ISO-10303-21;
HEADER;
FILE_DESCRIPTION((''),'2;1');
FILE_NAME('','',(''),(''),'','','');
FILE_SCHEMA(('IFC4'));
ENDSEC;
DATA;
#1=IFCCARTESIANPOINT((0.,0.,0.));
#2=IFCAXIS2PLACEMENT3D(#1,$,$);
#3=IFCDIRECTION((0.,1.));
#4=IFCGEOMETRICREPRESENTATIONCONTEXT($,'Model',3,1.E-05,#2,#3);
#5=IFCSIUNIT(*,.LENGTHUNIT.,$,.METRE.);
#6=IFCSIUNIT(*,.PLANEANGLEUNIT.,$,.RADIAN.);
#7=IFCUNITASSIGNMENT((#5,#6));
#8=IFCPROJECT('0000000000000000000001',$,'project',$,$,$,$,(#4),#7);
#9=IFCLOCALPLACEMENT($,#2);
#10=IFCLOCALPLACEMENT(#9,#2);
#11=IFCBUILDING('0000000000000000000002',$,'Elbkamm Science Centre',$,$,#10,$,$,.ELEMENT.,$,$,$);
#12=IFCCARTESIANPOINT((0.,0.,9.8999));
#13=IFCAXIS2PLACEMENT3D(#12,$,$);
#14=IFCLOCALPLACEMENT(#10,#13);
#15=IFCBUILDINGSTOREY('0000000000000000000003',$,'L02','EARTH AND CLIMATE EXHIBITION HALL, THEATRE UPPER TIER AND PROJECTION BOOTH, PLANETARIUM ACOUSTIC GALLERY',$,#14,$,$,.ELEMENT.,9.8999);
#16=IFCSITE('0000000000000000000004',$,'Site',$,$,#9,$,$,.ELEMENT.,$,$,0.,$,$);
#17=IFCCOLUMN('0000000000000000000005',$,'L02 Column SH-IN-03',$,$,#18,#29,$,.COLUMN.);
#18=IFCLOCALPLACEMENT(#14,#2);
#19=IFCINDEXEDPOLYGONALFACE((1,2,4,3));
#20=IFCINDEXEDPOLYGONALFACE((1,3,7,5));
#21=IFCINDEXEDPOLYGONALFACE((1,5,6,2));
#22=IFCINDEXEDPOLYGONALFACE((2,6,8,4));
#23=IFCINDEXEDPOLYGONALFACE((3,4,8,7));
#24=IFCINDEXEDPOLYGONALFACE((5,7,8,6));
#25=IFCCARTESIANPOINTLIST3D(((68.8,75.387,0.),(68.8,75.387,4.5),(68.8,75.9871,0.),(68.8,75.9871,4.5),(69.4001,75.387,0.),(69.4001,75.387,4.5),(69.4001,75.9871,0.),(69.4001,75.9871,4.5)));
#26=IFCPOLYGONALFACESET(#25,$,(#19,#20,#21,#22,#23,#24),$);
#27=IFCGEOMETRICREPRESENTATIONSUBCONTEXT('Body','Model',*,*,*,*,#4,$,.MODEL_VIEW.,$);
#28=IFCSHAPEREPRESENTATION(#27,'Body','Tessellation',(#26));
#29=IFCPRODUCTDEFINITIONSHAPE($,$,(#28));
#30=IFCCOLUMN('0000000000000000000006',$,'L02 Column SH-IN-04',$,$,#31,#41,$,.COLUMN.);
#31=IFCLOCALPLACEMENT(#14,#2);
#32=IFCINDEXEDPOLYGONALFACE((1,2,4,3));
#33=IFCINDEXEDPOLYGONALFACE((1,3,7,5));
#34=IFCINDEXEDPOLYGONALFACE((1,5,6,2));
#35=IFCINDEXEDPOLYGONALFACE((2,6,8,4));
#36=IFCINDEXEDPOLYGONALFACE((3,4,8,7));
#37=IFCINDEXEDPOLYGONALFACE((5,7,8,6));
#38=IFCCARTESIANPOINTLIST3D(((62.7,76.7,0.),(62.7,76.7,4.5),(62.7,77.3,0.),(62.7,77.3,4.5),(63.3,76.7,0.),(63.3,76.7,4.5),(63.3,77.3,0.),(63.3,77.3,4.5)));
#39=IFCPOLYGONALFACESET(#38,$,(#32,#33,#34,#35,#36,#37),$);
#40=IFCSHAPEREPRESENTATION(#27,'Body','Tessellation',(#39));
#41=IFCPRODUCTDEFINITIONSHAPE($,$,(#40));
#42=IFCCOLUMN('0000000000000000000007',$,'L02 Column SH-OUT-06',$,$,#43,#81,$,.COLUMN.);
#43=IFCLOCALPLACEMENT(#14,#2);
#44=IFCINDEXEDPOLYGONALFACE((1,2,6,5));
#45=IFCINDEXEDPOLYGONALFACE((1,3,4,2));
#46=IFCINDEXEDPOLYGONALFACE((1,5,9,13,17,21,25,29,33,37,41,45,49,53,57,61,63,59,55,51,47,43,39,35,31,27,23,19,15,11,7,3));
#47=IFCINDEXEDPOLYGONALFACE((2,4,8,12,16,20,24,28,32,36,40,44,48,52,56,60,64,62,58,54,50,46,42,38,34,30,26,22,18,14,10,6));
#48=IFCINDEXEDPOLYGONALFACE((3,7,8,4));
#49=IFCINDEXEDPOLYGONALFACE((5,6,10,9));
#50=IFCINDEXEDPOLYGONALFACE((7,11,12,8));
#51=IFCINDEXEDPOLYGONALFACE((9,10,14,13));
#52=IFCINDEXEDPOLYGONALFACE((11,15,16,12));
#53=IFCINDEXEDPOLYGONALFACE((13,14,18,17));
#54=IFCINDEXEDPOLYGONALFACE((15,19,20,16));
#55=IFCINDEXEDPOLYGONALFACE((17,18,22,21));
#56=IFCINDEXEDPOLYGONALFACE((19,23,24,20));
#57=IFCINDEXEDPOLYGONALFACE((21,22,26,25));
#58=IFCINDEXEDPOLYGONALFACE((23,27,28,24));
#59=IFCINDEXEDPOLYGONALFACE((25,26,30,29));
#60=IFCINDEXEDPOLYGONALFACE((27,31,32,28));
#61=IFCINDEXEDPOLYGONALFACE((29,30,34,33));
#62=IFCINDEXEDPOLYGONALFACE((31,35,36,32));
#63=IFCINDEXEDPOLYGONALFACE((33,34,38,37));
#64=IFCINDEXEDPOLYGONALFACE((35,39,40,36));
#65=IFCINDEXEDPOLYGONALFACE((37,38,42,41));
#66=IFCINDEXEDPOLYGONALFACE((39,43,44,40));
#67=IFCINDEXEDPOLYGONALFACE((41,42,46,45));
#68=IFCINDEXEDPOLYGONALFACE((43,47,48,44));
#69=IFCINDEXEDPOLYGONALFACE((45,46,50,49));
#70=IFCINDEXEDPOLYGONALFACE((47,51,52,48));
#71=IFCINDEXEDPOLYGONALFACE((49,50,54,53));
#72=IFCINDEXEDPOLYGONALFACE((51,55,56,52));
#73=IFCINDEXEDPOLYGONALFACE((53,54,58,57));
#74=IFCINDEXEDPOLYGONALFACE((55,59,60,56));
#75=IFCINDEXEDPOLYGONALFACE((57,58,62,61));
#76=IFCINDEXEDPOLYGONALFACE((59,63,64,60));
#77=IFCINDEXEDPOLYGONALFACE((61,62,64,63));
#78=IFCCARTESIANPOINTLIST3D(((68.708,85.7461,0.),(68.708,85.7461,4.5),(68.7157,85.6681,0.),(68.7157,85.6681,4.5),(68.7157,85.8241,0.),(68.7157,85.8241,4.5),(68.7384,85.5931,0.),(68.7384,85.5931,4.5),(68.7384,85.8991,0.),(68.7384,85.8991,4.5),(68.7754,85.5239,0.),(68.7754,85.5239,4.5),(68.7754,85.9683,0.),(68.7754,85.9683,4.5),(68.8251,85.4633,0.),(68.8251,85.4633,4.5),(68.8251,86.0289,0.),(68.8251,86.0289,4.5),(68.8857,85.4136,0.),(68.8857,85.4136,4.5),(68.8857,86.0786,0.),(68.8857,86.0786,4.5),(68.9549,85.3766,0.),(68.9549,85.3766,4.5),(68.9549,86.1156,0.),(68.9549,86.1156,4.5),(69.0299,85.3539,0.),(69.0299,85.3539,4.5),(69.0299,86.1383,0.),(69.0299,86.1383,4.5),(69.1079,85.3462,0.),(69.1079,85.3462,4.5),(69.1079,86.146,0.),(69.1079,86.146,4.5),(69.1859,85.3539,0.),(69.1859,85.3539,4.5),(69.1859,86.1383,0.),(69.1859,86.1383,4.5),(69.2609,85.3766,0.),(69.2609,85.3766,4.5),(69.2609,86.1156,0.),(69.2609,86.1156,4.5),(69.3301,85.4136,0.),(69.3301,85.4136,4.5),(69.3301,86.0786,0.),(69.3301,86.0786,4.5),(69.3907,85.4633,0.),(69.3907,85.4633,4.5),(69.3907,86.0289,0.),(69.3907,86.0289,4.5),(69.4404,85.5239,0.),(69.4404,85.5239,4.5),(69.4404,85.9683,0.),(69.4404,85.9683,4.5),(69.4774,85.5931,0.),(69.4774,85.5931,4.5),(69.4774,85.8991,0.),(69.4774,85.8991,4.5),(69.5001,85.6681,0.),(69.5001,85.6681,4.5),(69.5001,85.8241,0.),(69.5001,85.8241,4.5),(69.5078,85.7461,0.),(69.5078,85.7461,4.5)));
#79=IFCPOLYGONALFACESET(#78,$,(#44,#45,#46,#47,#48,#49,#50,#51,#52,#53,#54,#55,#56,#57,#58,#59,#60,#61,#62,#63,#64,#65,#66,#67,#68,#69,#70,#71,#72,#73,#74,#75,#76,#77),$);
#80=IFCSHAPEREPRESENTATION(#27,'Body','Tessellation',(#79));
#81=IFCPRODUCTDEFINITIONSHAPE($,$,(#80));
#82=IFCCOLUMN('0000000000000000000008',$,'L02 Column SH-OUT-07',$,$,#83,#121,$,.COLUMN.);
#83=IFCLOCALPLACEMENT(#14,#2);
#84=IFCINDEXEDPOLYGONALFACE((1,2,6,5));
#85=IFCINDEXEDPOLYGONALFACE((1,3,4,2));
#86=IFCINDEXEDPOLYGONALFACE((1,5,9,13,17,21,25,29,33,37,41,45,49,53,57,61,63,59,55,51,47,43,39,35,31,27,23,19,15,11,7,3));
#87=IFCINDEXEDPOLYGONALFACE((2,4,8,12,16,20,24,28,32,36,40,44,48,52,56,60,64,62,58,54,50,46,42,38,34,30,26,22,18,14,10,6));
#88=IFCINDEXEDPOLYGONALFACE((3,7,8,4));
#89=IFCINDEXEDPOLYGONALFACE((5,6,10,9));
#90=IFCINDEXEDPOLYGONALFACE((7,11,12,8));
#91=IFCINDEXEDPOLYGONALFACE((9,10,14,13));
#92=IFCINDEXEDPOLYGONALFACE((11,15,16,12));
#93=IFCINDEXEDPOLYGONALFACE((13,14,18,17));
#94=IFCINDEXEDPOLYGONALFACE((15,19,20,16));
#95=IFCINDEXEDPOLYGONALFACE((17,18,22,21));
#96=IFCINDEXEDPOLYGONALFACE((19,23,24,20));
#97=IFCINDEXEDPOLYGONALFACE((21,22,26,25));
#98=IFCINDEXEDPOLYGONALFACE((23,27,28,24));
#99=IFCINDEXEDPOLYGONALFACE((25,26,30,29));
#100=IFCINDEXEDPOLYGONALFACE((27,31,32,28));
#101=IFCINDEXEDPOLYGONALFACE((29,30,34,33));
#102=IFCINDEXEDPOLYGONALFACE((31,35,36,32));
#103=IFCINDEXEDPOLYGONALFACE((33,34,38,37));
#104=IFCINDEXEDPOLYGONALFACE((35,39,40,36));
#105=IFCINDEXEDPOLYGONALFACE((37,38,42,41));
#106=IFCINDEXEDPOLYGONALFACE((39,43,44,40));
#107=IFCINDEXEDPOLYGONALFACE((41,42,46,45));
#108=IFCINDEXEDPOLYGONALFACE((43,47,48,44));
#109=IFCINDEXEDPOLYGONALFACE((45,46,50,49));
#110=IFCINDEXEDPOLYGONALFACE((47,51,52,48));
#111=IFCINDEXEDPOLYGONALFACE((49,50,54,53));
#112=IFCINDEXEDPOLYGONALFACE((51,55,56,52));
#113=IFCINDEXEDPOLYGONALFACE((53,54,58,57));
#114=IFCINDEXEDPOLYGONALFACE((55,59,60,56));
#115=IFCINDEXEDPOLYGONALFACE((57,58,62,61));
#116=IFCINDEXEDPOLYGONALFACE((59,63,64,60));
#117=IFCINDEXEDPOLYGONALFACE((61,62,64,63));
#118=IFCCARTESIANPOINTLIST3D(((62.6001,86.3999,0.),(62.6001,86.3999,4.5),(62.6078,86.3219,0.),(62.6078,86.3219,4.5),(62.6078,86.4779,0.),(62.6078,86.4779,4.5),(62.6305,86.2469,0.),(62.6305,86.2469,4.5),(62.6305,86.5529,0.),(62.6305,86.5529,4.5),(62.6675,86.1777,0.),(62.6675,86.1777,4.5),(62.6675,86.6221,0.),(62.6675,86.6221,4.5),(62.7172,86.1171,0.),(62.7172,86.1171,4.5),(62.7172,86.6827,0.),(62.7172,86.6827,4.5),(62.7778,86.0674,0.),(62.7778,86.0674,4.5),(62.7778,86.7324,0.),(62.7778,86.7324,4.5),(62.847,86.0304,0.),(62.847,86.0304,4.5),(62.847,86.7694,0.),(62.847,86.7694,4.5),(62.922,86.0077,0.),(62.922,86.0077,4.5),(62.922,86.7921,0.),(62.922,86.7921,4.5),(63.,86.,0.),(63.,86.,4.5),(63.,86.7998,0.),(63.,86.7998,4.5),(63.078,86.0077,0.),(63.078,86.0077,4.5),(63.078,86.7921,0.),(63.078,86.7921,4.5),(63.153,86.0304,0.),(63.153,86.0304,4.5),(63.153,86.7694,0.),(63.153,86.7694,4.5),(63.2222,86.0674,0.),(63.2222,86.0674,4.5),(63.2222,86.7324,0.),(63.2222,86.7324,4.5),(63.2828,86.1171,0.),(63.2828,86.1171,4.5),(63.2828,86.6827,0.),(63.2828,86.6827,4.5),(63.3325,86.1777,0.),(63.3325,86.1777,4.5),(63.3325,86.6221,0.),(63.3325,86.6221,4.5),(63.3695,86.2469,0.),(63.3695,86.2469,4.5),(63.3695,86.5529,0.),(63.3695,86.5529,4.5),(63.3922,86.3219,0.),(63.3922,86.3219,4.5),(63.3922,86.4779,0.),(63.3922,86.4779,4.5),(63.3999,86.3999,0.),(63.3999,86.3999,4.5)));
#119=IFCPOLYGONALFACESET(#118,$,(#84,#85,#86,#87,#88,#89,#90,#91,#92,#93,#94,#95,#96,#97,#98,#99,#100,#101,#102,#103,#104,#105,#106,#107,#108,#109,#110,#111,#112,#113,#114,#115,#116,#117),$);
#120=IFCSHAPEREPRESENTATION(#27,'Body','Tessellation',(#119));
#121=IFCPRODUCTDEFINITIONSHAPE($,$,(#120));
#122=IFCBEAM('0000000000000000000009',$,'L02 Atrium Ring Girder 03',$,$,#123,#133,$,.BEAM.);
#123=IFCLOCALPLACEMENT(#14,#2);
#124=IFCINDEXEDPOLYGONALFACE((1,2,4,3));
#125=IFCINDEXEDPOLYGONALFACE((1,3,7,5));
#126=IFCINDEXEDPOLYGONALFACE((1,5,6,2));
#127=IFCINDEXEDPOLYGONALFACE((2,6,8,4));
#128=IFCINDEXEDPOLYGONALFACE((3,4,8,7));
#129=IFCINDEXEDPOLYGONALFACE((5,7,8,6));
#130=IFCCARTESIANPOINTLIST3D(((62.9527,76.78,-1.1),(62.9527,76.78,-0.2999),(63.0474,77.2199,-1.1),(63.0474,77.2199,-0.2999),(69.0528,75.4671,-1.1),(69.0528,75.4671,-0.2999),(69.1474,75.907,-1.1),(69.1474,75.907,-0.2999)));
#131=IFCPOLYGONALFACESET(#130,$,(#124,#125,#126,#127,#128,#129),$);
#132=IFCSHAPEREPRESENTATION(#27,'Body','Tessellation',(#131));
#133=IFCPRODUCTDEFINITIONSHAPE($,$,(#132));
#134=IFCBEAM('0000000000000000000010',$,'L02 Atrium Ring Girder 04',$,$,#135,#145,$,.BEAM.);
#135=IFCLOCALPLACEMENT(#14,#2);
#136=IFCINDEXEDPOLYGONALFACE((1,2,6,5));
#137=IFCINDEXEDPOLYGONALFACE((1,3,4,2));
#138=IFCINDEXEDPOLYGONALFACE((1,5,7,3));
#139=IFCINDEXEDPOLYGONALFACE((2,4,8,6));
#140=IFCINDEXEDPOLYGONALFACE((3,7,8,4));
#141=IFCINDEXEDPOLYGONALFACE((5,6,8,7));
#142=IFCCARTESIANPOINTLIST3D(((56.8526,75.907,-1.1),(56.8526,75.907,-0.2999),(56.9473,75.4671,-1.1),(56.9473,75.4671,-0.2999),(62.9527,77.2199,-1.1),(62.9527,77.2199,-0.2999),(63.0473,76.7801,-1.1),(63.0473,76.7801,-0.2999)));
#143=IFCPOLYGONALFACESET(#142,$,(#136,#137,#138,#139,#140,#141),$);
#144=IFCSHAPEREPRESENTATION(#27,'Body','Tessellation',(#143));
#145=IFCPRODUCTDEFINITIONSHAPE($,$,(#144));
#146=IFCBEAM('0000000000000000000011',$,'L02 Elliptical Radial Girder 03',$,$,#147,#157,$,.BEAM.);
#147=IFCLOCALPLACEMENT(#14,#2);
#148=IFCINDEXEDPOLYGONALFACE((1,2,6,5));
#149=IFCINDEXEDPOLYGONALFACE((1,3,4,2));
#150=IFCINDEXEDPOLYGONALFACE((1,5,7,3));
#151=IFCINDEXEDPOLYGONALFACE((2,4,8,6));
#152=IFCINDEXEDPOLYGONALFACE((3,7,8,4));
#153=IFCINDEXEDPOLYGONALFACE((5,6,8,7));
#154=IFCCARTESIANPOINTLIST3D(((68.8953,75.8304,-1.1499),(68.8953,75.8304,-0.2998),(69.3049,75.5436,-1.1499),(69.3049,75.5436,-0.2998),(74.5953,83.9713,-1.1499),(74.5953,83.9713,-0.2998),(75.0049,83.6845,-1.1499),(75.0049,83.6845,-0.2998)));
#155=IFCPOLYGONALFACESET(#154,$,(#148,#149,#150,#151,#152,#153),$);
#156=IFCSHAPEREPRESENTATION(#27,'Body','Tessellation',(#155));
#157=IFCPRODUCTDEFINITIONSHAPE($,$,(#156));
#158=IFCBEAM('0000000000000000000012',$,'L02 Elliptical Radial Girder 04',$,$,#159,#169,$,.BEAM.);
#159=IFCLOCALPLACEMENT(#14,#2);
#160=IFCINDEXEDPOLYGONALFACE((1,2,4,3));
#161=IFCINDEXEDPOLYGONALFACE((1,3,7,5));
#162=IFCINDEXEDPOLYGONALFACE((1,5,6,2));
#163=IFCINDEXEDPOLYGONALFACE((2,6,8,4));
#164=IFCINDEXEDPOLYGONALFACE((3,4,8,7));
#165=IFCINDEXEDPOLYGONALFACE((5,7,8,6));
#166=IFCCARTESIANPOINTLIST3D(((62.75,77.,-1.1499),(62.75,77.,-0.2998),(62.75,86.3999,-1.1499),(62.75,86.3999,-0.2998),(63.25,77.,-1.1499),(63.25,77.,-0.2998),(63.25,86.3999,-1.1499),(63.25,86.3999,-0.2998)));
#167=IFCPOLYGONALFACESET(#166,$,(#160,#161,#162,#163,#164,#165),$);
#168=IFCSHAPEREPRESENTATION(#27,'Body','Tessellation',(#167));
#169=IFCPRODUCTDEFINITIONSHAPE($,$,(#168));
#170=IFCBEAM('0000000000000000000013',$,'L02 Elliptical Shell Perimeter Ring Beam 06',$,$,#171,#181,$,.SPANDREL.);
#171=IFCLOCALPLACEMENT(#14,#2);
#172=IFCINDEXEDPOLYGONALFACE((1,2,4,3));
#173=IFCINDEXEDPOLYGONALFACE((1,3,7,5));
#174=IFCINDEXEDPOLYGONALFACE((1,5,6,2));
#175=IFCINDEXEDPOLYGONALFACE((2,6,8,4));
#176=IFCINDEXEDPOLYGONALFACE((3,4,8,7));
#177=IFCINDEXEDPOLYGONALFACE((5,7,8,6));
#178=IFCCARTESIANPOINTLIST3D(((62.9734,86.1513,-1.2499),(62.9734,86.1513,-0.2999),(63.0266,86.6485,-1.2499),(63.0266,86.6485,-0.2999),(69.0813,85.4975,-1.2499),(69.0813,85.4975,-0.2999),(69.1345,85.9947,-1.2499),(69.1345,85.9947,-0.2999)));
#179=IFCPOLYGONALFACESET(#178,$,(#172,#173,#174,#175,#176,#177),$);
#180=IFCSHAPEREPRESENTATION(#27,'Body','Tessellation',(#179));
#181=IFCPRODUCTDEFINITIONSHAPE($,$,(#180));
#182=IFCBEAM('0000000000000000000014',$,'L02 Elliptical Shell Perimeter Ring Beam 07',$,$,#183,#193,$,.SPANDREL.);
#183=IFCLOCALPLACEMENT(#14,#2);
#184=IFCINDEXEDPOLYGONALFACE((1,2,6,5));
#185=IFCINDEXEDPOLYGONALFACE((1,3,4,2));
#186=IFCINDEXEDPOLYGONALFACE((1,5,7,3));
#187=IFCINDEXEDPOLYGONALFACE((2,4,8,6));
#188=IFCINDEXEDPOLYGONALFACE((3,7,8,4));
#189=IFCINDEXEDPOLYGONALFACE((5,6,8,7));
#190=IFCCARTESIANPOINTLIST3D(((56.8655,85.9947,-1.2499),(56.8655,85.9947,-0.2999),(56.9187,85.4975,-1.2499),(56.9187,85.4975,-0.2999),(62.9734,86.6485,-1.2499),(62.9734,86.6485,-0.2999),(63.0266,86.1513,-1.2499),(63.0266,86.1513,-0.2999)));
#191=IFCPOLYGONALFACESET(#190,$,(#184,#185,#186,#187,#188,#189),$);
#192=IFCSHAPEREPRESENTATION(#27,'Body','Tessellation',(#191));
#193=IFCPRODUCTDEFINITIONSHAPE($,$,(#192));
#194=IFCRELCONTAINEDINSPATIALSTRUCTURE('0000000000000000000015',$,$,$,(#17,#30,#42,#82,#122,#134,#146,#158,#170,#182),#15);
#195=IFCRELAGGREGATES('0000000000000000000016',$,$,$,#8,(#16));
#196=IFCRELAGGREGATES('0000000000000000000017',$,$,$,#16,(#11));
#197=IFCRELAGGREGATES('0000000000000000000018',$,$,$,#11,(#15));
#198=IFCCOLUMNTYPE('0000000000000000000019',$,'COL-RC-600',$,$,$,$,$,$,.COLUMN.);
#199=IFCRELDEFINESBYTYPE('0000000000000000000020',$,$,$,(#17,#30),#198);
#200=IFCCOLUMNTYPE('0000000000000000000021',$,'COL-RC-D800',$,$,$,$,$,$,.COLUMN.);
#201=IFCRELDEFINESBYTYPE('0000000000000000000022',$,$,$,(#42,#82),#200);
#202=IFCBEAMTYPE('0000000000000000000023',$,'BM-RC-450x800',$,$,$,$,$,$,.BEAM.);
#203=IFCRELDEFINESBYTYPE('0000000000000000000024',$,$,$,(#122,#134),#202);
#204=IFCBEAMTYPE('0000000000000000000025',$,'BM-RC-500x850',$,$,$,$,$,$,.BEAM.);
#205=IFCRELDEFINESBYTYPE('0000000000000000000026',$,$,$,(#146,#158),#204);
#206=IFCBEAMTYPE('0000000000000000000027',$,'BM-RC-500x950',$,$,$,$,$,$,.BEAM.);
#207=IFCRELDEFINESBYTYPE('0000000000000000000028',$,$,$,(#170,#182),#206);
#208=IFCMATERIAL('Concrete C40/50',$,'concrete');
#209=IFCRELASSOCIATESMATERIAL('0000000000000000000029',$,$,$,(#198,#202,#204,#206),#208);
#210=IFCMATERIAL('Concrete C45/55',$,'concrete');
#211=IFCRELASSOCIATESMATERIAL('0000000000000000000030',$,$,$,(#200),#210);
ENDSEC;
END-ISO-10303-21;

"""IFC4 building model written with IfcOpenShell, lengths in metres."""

from ifc_helpers import new_model, si_unit, direction, frame, origin, origin_2d, place, context, subcontext, project, spatial, rectangle, circle, extrude, material, material_profile, profile_set, type_object, element, save


model = new_model("IFC4")

# Units and contexts
model_context = context("Model", 3, precision=1e-05, world=origin(), true_north=direction((0.0, 1.0)))
body_context = subcontext(model_context, "Body", "Model", "MODEL_VIEW")
ifc_project = project(units=[si_unit("LENGTHUNIT", "METRE"), si_unit("PLANEANGLEUNIT", "RADIAN")], contexts=[model_context])

# Site, building, storey
site_placement = place(None, origin())
site = spatial("IfcSite", under=ifc_project, at=site_placement, Name="Site", CompositionType="ELEMENT", RefElevation=0.0)
building_placement = place(site_placement, origin())
building = spatial("IfcBuilding", under=site, at=building_placement, Name="Elbkamm Science Centre", CompositionType="ELEMENT")
storey_placement = place(building_placement, frame((0.0, 0.0, 9.8999)))
storey = spatial("IfcBuildingStorey", under=building, at=storey_placement, Name="L02", Description="EARTH AND CLIMATE EXHIBITION HALL, THEATRE UPPER TIER AND PROJECTION BOOTH, PLANETARIUM ACOUSTIC GALLERY", CompositionType="ELEMENT", Elevation=9.8999)

# Columns
ifc_material_1 = material(Name="Concrete C40/50", Category="concrete")
ifc_material_profile_1 = material_profile(ifc_material_1, rectangle(XDim=0.6001, YDim=0.6001, at=origin_2d()), Name="RC 600x600")
ifc_profile_set_1 = profile_set([ifc_material_profile_1], Name="Concrete C40/50")
column_type_1 = type_object("IfcColumnType", Name="COL-RC-600", PredefinedType="COLUMN", material=ifc_profile_set_1)
for number, where, z_axis, x_axis, name in (
    (1, (69.1001, 75.687, 0.0), (0.0, 0.0, 1.0), (1.0, 0.0, 0.0), "L02 Column SH-IN-03"),
    (2, (63.0, 77.0, 0.0), (0.0, 0.0, 1.0), (1.0, 0.0, 0.0), "L02 Column SH-IN-04"),
):
    element("IfcColumn", number, at=place(storey_placement, frame(where, z_axis=z_axis, x_axis=x_axis)), inside=storey, type_object=column_type_1, Name=name, PredefinedType="COLUMN", context=body_context, shape_type="SweptSolid", body=[
        extrude(rectangle(XDim=0.6001, YDim=0.6001, at=origin_2d()), origin(), (0.0, 0.0, 1.0), 4.5),
    ])
ifc_material_2 = material(Name="Concrete C45/55", Category="concrete")
ifc_material_profile_2 = material_profile(ifc_material_2, circle(Radius=0.3999, at=origin_2d()), Name="RC D800")
ifc_profile_set_2 = profile_set([ifc_material_profile_2], Name="Concrete C45/55")
column_type_2 = type_object("IfcColumnType", Name="COL-RC-D800", PredefinedType="COLUMN", material=ifc_profile_set_2)
for number, where, z_axis, x_axis, name in (
    (3, (69.1079, 85.7461, 0.0), (0.0, 0.0, 1.0), (1.0, 0.0, 0.0), "L02 Column SH-OUT-06"),
    (4, (63.0, 86.3999, 0.0), (0.0, 0.0, 1.0), (1.0, 0.0, 0.0), "L02 Column SH-OUT-07"),
):
    element("IfcColumn", number, at=place(storey_placement, frame(where, z_axis=z_axis, x_axis=x_axis)), inside=storey, type_object=column_type_2, Name=name, PredefinedType="COLUMN", context=body_context, shape_type="SweptSolid", body=[
        extrude(circle(Radius=0.3999, at=origin_2d()), origin(), (0.0, 0.0, 1.0), 4.5),
    ])

# Beams
ifc_material_profile_3 = material_profile(ifc_material_1, rectangle(XDim=0.45, YDim=0.8, at=origin_2d()), Name="RC 450x800")
ifc_profile_set_3 = profile_set([ifc_material_profile_3], Name="Concrete C40/50")
beam_type_1 = type_object("IfcBeamType", Name="BM-RC-450x800", PredefinedType="BEAM", material=ifc_profile_set_3)
for number, where, z_axis, x_axis, name in (
    (5, (69.1001, 75.687, -0.7), (-0.977611, 0.210421, 0.0), (-0.210421, -0.977611, 0.0), "L02 Atrium Ring Girder 03"),
    (6, (63.0, 77.0, -0.7), (-0.977611, -0.210421, 0.0), (0.210421, -0.977611, 0.0), "L02 Atrium Ring Girder 04"),
):
    element("IfcBeam", number, at=place(storey_placement, frame(where, z_axis=z_axis, x_axis=x_axis)), inside=storey, type_object=beam_type_1, Name=name, PredefinedType="BEAM", context=body_context, shape_type="SweptSolid", body=[
        extrude(rectangle(XDim=0.45, YDim=0.8, at=origin_2d()), origin(), (0.0, 0.0, 1.0), 6.2397),
    ])
ifc_material_profile_4 = material_profile(ifc_material_1, rectangle(XDim=0.5, YDim=0.8501, at=origin_2d()), Name="RC 500x850")
ifc_profile_set_4 = profile_set([ifc_material_profile_4], Name="Concrete C40/50")
beam_type_2 = type_object("IfcBeamType", Name="BM-RC-500x850", PredefinedType="BEAM", material=ifc_profile_set_4)
beam_1_placement = place(storey_placement, frame((69.1001, 75.687, -0.7249), z_axis=(0.573553, 0.819168, 0.0), x_axis=(-0.819168, 0.573553, 0.0)))
element("IfcBeam", 7, at=beam_1_placement, inside=storey, type_object=beam_type_2, Name="L02 Elliptical Radial Girder 03", PredefinedType="BEAM", context=body_context, shape_type="SweptSolid", body=[
    extrude(rectangle(XDim=0.5, YDim=0.8501, at=origin_2d()), origin(), (0.0, 0.0, 1.0), 9.938),
])
beam_2_placement = place(storey_placement, frame((63.0, 77.0, -0.7249), z_axis=(0.0, 1.0, 0.0), x_axis=(-1.0, 0.0, 0.0)))
element("IfcBeam", 8, at=beam_2_placement, inside=storey, type_object=beam_type_2, Name="L02 Elliptical Radial Girder 04", PredefinedType="BEAM", context=body_context, shape_type="SweptSolid", body=[
    extrude(rectangle(XDim=0.5, YDim=0.8501, at=origin_2d()), origin(), (0.0, 0.0, 1.0), 9.3999),
])
ifc_material_profile_5 = material_profile(ifc_material_1, rectangle(XDim=0.5, YDim=0.95, at=origin_2d()), Name="RC 500x950")
ifc_profile_set_5 = profile_set([ifc_material_profile_5], Name="Concrete C40/50")
beam_type_3 = type_object("IfcBeamType", Name="BM-RC-500x950", PredefinedType="BEAM", material=ifc_profile_set_5)
for number, where, z_axis, x_axis, name in (
    (9, (69.1079, 85.7461, -0.7749), (-0.99432, 0.106435, 0.0), (-0.106435, -0.99432, 0.0), "L02 Elliptical Shell Perimeter Ring Beam 06"),
    (10, (63.0, 86.3999, -0.7749), (-0.99432, -0.106435, 0.0), (0.106435, -0.99432, 0.0), "L02 Elliptical Shell Perimeter Ring Beam 07"),
):
    element("IfcBeam", number, at=place(storey_placement, frame(where, z_axis=z_axis, x_axis=x_axis)), inside=storey, type_object=beam_type_3, Name=name, PredefinedType="SPANDREL", context=body_context, shape_type="SweptSolid", body=[
        extrude(rectangle(XDim=0.5, YDim=0.95, at=origin_2d()), origin(), (0.0, 0.0, 1.0), 6.1428),
    ])

save(model, "model.ifc")
